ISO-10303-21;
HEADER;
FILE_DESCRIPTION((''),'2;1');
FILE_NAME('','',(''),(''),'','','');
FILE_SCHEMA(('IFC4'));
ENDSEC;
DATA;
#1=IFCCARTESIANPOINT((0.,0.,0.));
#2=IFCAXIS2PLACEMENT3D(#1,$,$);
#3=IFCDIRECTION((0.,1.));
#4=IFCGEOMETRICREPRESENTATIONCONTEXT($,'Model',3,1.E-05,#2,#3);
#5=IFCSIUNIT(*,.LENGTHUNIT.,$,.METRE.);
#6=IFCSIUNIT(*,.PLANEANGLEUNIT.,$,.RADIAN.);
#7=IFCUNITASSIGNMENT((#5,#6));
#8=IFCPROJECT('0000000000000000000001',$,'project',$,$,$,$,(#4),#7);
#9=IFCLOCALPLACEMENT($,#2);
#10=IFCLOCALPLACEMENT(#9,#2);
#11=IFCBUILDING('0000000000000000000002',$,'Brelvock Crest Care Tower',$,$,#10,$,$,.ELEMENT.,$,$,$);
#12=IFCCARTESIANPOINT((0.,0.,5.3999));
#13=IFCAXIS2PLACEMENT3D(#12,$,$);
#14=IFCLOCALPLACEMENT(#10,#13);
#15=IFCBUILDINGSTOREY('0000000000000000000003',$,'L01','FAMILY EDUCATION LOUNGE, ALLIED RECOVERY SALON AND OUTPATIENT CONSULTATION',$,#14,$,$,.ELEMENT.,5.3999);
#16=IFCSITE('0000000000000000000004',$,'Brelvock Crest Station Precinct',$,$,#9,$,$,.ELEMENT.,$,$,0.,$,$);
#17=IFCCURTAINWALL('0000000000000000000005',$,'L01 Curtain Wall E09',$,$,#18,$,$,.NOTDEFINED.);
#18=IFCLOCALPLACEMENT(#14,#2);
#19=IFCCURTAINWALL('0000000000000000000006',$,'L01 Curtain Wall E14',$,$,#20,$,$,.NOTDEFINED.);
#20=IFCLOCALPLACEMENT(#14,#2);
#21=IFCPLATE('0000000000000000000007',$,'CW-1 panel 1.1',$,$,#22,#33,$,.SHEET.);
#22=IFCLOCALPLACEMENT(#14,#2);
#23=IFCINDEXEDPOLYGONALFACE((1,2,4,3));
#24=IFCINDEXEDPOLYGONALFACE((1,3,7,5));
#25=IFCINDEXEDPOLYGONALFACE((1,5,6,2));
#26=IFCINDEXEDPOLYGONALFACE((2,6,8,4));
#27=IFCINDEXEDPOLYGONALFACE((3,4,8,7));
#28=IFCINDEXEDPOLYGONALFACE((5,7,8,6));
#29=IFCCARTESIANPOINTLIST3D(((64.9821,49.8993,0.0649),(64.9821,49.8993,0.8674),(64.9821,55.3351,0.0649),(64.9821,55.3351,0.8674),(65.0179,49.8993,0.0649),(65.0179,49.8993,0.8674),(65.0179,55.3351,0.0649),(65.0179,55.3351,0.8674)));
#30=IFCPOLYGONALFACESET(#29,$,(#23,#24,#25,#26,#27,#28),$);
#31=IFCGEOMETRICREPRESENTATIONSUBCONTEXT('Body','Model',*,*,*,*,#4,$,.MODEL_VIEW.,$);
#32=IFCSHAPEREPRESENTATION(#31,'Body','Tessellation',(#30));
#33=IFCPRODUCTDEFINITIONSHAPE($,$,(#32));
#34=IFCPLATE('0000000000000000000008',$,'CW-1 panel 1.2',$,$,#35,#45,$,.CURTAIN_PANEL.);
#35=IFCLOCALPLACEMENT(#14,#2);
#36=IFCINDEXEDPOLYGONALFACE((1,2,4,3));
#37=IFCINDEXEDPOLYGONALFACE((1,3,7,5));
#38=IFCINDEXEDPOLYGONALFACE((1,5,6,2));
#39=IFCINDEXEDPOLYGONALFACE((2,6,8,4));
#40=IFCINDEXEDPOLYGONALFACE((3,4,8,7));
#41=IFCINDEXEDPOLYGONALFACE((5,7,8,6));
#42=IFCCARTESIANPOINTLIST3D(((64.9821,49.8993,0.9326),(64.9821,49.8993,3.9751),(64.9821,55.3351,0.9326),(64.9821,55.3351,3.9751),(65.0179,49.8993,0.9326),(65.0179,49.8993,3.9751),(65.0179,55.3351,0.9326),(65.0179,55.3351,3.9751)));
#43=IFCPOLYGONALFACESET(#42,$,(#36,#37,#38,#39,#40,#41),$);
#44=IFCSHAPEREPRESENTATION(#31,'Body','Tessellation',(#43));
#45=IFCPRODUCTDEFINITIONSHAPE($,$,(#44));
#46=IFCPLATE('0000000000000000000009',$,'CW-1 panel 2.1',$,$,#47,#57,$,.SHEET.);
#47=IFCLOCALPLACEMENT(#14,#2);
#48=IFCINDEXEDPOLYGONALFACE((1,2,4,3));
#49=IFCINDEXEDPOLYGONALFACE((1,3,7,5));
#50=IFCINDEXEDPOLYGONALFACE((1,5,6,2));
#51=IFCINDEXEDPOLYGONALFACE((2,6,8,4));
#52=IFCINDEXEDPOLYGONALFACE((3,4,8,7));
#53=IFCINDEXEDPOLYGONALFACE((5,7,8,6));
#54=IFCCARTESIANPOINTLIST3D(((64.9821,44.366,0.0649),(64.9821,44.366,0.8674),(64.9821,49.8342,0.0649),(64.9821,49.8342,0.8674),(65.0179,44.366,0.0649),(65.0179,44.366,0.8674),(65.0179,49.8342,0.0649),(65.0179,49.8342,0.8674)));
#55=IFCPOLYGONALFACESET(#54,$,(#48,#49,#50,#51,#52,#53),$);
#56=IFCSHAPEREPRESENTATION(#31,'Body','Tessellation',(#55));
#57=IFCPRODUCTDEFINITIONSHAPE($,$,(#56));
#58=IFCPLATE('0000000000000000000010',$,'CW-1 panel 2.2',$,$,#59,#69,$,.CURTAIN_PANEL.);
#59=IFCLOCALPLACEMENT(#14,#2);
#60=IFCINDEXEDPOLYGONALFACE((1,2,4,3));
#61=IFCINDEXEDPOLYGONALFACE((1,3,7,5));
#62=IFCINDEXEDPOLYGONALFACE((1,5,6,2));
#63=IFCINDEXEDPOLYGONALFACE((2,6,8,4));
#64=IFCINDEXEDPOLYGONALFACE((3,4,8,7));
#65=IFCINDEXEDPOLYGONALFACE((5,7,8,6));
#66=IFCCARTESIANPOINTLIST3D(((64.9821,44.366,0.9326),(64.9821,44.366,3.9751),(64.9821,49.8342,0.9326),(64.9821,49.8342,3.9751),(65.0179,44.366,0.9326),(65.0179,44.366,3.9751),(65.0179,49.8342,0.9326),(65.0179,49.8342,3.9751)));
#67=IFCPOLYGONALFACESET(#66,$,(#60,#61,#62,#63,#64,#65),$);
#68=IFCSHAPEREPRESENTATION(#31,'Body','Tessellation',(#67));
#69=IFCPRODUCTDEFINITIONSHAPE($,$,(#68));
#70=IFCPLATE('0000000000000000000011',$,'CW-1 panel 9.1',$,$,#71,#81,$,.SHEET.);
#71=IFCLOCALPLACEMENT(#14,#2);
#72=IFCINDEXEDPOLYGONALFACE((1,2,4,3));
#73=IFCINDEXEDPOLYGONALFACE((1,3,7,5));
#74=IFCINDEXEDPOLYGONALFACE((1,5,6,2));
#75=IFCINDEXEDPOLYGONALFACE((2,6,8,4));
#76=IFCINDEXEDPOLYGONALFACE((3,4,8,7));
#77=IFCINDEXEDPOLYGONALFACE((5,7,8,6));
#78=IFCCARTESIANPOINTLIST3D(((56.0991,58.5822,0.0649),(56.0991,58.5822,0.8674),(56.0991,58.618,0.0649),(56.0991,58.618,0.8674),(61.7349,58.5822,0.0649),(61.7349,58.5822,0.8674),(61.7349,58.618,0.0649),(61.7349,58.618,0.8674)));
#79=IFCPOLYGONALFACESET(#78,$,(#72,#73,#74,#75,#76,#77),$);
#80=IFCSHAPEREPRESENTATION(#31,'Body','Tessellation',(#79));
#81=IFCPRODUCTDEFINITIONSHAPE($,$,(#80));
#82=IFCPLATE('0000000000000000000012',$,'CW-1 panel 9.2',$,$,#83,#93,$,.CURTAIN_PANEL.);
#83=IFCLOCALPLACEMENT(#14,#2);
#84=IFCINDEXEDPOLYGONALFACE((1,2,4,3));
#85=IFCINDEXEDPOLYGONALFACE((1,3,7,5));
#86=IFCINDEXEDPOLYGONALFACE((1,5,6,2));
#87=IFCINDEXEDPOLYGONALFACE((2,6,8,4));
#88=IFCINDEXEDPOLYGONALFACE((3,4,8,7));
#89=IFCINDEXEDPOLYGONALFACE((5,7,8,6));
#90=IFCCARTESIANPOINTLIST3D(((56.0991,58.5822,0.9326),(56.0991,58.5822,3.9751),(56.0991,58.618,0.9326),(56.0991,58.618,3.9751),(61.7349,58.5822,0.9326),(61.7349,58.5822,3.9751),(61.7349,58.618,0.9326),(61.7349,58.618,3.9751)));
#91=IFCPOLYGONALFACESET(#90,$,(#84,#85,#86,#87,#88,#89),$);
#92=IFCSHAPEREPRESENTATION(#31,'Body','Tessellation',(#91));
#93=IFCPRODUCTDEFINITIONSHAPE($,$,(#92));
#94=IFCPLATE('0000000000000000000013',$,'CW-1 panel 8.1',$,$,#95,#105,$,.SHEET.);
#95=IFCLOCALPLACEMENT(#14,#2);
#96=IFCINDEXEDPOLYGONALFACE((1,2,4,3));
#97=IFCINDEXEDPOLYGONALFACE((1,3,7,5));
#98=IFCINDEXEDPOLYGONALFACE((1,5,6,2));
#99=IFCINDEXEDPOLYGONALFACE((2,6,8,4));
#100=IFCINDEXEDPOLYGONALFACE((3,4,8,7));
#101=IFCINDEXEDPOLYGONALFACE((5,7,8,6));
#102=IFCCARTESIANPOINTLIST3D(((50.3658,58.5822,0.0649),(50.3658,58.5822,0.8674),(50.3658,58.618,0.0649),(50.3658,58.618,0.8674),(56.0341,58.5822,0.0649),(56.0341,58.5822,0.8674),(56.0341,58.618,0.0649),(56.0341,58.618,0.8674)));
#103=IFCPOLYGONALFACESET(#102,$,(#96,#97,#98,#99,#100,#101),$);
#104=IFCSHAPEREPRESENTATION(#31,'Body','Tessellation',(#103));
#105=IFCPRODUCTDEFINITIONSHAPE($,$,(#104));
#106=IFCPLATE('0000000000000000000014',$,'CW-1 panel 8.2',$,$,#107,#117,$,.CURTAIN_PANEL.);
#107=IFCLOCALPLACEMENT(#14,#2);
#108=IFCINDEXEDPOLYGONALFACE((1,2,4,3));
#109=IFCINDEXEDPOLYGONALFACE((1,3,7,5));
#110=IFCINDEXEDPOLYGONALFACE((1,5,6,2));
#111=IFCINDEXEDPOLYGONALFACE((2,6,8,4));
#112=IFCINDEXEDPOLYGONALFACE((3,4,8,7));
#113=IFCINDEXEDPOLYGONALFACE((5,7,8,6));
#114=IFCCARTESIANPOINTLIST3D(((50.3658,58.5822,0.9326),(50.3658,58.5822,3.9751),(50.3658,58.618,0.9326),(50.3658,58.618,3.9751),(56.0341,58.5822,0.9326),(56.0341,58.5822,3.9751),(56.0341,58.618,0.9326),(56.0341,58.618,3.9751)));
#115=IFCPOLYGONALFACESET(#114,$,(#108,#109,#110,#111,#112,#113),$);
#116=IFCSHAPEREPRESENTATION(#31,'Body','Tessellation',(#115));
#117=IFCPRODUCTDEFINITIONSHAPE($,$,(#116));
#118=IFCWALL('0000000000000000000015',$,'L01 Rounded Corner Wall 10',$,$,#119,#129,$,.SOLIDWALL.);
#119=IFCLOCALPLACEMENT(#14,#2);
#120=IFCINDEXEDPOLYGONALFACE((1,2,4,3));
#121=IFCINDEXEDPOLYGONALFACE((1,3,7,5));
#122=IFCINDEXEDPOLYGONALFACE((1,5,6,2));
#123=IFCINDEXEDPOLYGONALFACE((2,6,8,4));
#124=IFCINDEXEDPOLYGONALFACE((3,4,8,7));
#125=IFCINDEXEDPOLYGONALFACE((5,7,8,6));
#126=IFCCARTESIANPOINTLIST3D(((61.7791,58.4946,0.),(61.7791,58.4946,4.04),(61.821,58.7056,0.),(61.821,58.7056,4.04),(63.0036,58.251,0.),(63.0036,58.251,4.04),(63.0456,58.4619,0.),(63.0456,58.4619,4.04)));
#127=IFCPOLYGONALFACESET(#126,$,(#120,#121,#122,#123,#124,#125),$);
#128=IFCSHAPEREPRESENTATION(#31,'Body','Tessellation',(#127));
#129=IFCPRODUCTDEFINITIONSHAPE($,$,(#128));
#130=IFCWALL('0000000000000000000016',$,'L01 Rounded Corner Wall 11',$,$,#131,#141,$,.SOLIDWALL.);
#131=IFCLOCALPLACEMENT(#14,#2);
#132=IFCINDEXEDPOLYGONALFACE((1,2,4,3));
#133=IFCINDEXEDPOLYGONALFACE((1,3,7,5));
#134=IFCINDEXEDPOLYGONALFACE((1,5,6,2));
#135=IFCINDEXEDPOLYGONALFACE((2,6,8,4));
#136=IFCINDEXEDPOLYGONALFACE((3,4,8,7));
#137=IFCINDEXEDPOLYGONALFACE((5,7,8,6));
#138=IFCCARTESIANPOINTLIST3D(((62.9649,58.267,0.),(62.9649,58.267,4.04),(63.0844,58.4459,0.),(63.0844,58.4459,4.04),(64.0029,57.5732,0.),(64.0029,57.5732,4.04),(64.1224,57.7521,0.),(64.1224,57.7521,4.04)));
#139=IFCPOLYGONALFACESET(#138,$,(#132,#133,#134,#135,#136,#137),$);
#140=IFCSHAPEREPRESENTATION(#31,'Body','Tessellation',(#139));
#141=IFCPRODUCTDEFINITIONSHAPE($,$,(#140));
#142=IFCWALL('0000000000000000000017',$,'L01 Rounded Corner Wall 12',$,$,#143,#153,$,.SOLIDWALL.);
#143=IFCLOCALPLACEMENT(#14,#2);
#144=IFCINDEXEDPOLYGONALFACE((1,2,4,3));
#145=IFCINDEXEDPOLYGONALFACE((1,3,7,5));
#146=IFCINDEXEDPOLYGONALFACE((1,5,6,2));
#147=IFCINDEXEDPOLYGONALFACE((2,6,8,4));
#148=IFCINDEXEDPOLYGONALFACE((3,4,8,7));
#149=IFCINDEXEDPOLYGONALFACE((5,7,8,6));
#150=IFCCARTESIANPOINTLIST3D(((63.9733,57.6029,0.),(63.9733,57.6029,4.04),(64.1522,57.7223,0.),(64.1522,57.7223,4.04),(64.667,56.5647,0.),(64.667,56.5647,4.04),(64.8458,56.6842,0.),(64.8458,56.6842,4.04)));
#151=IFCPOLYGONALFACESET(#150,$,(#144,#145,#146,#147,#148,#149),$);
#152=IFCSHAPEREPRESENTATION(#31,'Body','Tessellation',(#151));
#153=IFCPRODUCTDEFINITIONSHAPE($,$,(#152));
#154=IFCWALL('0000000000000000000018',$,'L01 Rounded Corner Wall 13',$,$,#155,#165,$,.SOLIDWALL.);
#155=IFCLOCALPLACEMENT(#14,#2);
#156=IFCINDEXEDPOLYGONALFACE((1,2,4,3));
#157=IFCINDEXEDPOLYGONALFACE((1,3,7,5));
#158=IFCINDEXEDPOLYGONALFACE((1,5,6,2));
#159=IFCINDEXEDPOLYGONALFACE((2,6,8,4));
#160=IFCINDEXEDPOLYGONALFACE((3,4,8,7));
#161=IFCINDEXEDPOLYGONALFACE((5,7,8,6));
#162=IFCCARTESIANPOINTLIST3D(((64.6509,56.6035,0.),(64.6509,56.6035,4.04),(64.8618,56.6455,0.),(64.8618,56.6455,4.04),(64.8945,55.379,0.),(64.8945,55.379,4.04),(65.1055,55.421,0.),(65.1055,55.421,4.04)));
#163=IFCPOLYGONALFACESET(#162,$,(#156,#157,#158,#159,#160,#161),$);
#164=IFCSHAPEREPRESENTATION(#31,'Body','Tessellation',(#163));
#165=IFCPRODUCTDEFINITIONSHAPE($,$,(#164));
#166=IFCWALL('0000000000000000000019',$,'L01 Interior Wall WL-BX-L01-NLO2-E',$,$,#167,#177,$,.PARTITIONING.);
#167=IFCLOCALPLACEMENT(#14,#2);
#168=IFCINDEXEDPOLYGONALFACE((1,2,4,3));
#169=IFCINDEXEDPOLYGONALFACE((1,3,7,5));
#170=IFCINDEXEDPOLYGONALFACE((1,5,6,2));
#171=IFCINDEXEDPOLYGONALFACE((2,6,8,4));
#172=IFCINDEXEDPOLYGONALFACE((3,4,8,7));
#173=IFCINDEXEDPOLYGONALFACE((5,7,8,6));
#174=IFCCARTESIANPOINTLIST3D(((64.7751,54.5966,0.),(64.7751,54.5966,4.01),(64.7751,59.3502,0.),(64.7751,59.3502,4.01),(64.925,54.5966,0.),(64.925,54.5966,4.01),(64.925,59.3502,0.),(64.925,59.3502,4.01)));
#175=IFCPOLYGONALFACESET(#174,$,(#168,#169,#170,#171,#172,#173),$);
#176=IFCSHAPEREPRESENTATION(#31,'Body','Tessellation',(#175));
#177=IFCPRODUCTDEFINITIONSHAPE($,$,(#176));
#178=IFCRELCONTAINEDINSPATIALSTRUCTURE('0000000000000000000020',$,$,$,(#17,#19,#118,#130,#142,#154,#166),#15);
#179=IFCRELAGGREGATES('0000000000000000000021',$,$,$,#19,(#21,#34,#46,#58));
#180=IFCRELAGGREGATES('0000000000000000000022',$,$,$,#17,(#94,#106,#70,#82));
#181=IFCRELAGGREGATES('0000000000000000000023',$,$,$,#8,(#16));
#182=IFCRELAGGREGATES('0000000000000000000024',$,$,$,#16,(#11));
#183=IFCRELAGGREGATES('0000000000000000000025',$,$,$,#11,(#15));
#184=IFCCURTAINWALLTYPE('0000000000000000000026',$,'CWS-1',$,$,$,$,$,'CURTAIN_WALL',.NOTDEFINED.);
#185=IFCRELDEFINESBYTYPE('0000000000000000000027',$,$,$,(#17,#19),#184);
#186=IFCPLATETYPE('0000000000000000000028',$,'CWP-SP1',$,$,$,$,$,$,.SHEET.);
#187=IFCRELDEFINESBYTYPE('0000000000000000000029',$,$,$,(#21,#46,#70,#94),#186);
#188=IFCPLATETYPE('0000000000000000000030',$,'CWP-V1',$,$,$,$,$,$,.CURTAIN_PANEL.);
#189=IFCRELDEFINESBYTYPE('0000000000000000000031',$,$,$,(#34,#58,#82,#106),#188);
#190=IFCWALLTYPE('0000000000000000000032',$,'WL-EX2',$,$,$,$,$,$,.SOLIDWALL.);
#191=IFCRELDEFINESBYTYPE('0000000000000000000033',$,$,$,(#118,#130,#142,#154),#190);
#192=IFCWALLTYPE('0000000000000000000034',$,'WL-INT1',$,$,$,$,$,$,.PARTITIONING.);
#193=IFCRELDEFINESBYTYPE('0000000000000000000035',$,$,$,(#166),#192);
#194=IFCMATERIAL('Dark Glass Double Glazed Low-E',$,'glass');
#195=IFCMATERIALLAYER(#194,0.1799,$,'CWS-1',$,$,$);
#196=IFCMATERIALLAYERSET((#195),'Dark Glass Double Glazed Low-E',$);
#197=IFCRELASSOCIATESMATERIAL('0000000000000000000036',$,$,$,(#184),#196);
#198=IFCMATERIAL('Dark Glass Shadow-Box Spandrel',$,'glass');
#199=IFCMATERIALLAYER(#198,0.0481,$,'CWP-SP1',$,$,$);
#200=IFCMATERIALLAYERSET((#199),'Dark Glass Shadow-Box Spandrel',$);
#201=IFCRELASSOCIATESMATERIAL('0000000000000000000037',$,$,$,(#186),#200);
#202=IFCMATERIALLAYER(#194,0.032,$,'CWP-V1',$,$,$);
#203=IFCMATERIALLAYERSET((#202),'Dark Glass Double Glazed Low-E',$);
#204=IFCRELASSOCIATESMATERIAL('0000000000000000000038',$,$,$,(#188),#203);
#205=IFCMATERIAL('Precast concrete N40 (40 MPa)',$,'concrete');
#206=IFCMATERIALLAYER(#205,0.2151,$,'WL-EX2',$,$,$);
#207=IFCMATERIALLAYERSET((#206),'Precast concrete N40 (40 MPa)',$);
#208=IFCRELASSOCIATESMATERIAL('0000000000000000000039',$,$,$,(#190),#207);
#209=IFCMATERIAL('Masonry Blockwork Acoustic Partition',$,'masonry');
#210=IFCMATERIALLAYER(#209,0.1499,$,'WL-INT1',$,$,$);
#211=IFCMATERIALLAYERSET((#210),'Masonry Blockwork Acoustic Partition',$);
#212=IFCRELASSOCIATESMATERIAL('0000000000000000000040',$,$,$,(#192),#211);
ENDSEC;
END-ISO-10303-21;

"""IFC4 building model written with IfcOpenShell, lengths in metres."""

from ifc_helpers import new_model, si_unit, direction, frame, frame_2d, origin, origin_2d, place, context, subcontext, project, spatial, rectangle, extrude, source, transform, mapped, material, layer, layer_set, type_object, element, aggregate, save


model = new_model("IFC4")

# Units and contexts
model_context = context("Model", 3, precision=1e-05, world=origin(), true_north=direction((0.0, 1.0)))
body_context = subcontext(model_context, "Body", "Model", "MODEL_VIEW")
ifc_project = project(units=[si_unit("LENGTHUNIT", "METRE"), si_unit("PLANEANGLEUNIT", "RADIAN")], contexts=[model_context])

# Site, building, storey
site_placement = place(None, origin())
site = spatial("IfcSite", under=ifc_project, at=site_placement, Name="Brelvock Crest Station Precinct", CompositionType="ELEMENT", RefElevation=0.0)
building_placement = place(site_placement, origin())
building = spatial("IfcBuilding", under=site, at=building_placement, Name="Brelvock Crest Care Tower", CompositionType="ELEMENT")
storey_placement = place(building_placement, frame((0.0, 0.0, 5.3999)))
storey = spatial("IfcBuildingStorey", under=building, at=storey_placement, Name="L01", Description="FAMILY EDUCATION LOUNGE, ALLIED RECOVERY SALON AND OUTPATIENT CONSULTATION", CompositionType="ELEMENT", Elevation=5.3999)

# Curtain walls
ifc_material_1 = material(Name="Dark Glass Double Glazed Low-E", Category="glass")
ifc_layer_1 = layer(ifc_material_1, 0.1799, Name="CWS-1")
ifc_layer_set_1 = layer_set([ifc_layer_1], Name="Dark Glass Double Glazed Low-E")
curtain_wall_type = type_object("IfcCurtainWallType", Name="CWS-1", ElementType="CURTAIN_WALL", PredefinedType="NOTDEFINED", material=ifc_layer_set_1)
curtain_wall_1_placement = place(storey_placement, origin())
curtain_wall_1 = element("IfcCurtainWall", 1, at=curtain_wall_1_placement, inside=storey, type_object=curtain_wall_type, Name="L01 Curtain Wall E09", PredefinedType="NOTDEFINED")
curtain_wall_2_placement = place(storey_placement, origin())
curtain_wall_2 = element("IfcCurtainWall", 2, at=curtain_wall_2_placement, inside=storey, type_object=curtain_wall_type, Name="L01 Curtain Wall E14", PredefinedType="NOTDEFINED")

# Plates
ifc_material_2 = material(Name="Dark Glass Shadow-Box Spandrel", Category="glass")
ifc_layer_2 = layer(ifc_material_2, 0.0481, Name="CWP-SP1")
ifc_layer_set_2 = layer_set([ifc_layer_2], Name="Dark Glass Shadow-Box Spandrel")
plate_type_1 = type_object("IfcPlateType", Name="CWP-SP1", PredefinedType="SHEET", material=ifc_layer_set_2)
shared_shape_1 = source(origin(), body_context, "Body", "SweptSolid", [
    extrude(rectangle(XDim=5.4358, YDim=0.0359, at=origin_2d()), origin(), (0.0, 0.0, 1.0), 0.8025),
])
plate_1_placement = place(storey_placement, frame((65.0, 52.6172, 0.0649), z_axis=(0.0, 0.0, 1.0), x_axis=(0.0, -1.0, 0.0)))
plate_1 = element("IfcPlate", 3, at=plate_1_placement, type_object=plate_type_1, Name="CW-1 panel 1.1", PredefinedType="SHEET", context=body_context, shape_type="MappedRepresentation", body=[
    mapped(shared_shape_1, transform((0.0, 0.0, 0.0), x_axis=(1.0, 0.0, 0.0), y_axis=(0.0, 1.0, 0.0), z_axis=(0.0, 0.0, 1.0), scale=1.0)),
])
ifc_layer_3 = layer(ifc_material_1, 0.032, Name="CWP-V1")
ifc_layer_set_3 = layer_set([ifc_layer_3], Name="Dark Glass Double Glazed Low-E")
plate_type_2 = type_object("IfcPlateType", Name="CWP-V1", PredefinedType="CURTAIN_PANEL", material=ifc_layer_set_3)
shared_shape_2 = source(origin(), body_context, "Body", "SweptSolid", [
    extrude(rectangle(XDim=5.4358, YDim=0.0359, at=origin_2d()), origin(), (0.0, 0.0, 1.0), 3.0425),
])
plate_2_placement = place(storey_placement, frame((65.0, 52.6172, 0.9326), z_axis=(0.0, 0.0, 1.0), x_axis=(0.0, -1.0, 0.0)))
plate_2 = element("IfcPlate", 4, at=plate_2_placement, type_object=plate_type_2, Name="CW-1 panel 1.2", PredefinedType="CURTAIN_PANEL", context=body_context, shape_type="MappedRepresentation", body=[
    mapped(shared_shape_2, transform((0.0, 0.0, 0.0), x_axis=(1.0, 0.0, 0.0), y_axis=(0.0, 1.0, 0.0), z_axis=(0.0, 0.0, 1.0), scale=1.0)),
])
shared_shape_3 = source(origin(), body_context, "Body", "SweptSolid", [
    extrude(rectangle(XDim=5.4683, YDim=0.0359, at=origin_2d()), origin(), (0.0, 0.0, 1.0), 0.8025),
])
plate_3_placement = place(storey_placement, frame((65.0, 47.1001, 0.0649), z_axis=(0.0, 0.0, 1.0), x_axis=(0.0, -1.0, 0.0)))
plate_3 = element("IfcPlate", 5, at=plate_3_placement, type_object=plate_type_1, Name="CW-1 panel 2.1", PredefinedType="SHEET", context=body_context, shape_type="MappedRepresentation", body=[
    mapped(shared_shape_3, transform((0.0, 0.0, 0.0), x_axis=(1.0, 0.0, 0.0), y_axis=(0.0, 1.0, 0.0), z_axis=(0.0, 0.0, 1.0), scale=1.0)),
])
shared_shape_4 = source(origin(), body_context, "Body", "SweptSolid", [
    extrude(rectangle(XDim=5.4683, YDim=0.0359, at=origin_2d()), origin(), (0.0, 0.0, 1.0), 3.0425),
])
plate_4_placement = place(storey_placement, frame((65.0, 47.1001, 0.9326), z_axis=(0.0, 0.0, 1.0), x_axis=(0.0, -1.0, 0.0)))
plate_4 = element("IfcPlate", 6, at=plate_4_placement, type_object=plate_type_2, Name="CW-1 panel 2.2", PredefinedType="CURTAIN_PANEL", context=body_context, shape_type="MappedRepresentation", body=[
    mapped(shared_shape_4, transform((0.0, 0.0, 0.0), x_axis=(1.0, 0.0, 0.0), y_axis=(0.0, 1.0, 0.0), z_axis=(0.0, 0.0, 1.0), scale=1.0)),
])
aggregate(curtain_wall_2, [plate_1, plate_2, plate_3, plate_4])
shared_shape_5 = source(origin(), body_context, "Body", "SweptSolid", [
    extrude(rectangle(XDim=5.6357, YDim=0.0359, at=origin_2d()), origin(), (0.0, 0.0, 1.0), 0.8025),
])
plate_5_placement = place(storey_placement, frame((58.917, 58.6001, 0.0649), z_axis=(0.0, 0.0, 1.0), x_axis=(1.0, 0.0, 0.0)))
plate_5 = element("IfcPlate", 7, at=plate_5_placement, type_object=plate_type_1, Name="CW-1 panel 9.1", PredefinedType="SHEET", context=body_context, shape_type="MappedRepresentation", body=[
    mapped(shared_shape_5, transform((0.0, 0.0, 0.0), x_axis=(1.0, 0.0, 0.0), y_axis=(0.0, 1.0, 0.0), z_axis=(0.0, 0.0, 1.0), scale=1.0)),
])
shared_shape_6 = source(origin(), body_context, "Body", "SweptSolid", [
    extrude(rectangle(XDim=5.6357, YDim=0.0359, at=origin_2d()), origin(), (0.0, 0.0, 1.0), 3.0425),
])
plate_6_placement = place(storey_placement, frame((58.917, 58.6001, 0.9326), z_axis=(0.0, 0.0, 1.0), x_axis=(1.0, 0.0, 0.0)))
plate_6 = element("IfcPlate", 8, at=plate_6_placement, type_object=plate_type_2, Name="CW-1 panel 9.2", PredefinedType="CURTAIN_PANEL", context=body_context, shape_type="MappedRepresentation", body=[
    mapped(shared_shape_6, transform((0.0, 0.0, 0.0), x_axis=(1.0, 0.0, 0.0), y_axis=(0.0, 1.0, 0.0), z_axis=(0.0, 0.0, 1.0), scale=1.0)),
])
shared_shape_7 = source(origin(), body_context, "Body", "SweptSolid", [
    extrude(rectangle(XDim=5.6682, YDim=0.0359, at=origin_2d()), origin(), (0.0, 0.0, 1.0), 0.8025),
])
plate_7_placement = place(storey_placement, frame((53.2, 58.6001, 0.0649), z_axis=(0.0, 0.0, 1.0), x_axis=(1.0, 0.0, 0.0)))
plate_7 = element("IfcPlate", 9, at=plate_7_placement, type_object=plate_type_1, Name="CW-1 panel 8.1", PredefinedType="SHEET", context=body_context, shape_type="MappedRepresentation", body=[
    mapped(shared_shape_7, transform((0.0, 0.0, 0.0), x_axis=(1.0, 0.0, 0.0), y_axis=(0.0, 1.0, 0.0), z_axis=(0.0, 0.0, 1.0), scale=1.0)),
])
shared_shape_8 = source(origin(), body_context, "Body", "SweptSolid", [
    extrude(rectangle(XDim=5.6682, YDim=0.0359, at=origin_2d()), origin(), (0.0, 0.0, 1.0), 3.0425),
])
plate_8_placement = place(storey_placement, frame((53.2, 58.6001, 0.9326), z_axis=(0.0, 0.0, 1.0), x_axis=(1.0, 0.0, 0.0)))
plate_8 = element("IfcPlate", 10, at=plate_8_placement, type_object=plate_type_2, Name="CW-1 panel 8.2", PredefinedType="CURTAIN_PANEL", context=body_context, shape_type="MappedRepresentation", body=[
    mapped(shared_shape_8, transform((0.0, 0.0, 0.0), x_axis=(1.0, 0.0, 0.0), y_axis=(0.0, 1.0, 0.0), z_axis=(0.0, 0.0, 1.0), scale=1.0)),
])
aggregate(curtain_wall_1, [plate_7, plate_8, plate_5, plate_6])

# Walls
ifc_material_3 = material(Name="Precast concrete N40 (40 MPa)", Category="concrete")
ifc_layer_4 = layer(ifc_material_3, 0.2151, Name="WL-EX2")
ifc_layer_set_4 = layer_set([ifc_layer_4], Name="Precast concrete N40 (40 MPa)")
wall_type_1 = type_object("IfcWallType", Name="WL-EX2", PredefinedType="SOLIDWALL", material=ifc_layer_set_4)
for number, where, z_axis, x_axis, name in (
    (11, (61.8, 58.6001, 0.0), (0.0, 0.0, 1.0), (0.980776, -0.195138, 0.0), "L01 Rounded Corner Wall 10"),
    (12, (63.0247, 58.3564, 0.0), (0.0, 0.0, 1.0), (0.831388, -0.555692, 0.0), "L01 Rounded Corner Wall 11"),
    (13, (64.0627, 57.6626, 0.0), (0.0, 0.0, 1.0), (0.555557, -0.831478, 0.0), "L01 Rounded Corner Wall 12"),
    (14, (64.7563, 56.6245, 0.0), (0.0, 0.0, 1.0), (0.195138, -0.980776, 0.0), "L01 Rounded Corner Wall 13"),
):
    element("IfcWall", number, at=place(storey_placement, frame(where, z_axis=z_axis, x_axis=x_axis)), inside=storey, type_object=wall_type_1, Name=name, PredefinedType="SOLIDWALL", context=body_context, shape_type="SweptSolid", body=[
        extrude(rectangle(XDim=1.2485, YDim=0.2151, at=frame_2d((0.6243, 0.0))), origin(), (0.0, 0.0, 1.0), 4.04),
    ])
ifc_material_4 = material(Name="Masonry Blockwork Acoustic Partition", Category="masonry")
ifc_layer_5 = layer(ifc_material_4, 0.1499, Name="WL-INT1")
ifc_layer_set_5 = layer_set([ifc_layer_5], Name="Masonry Blockwork Acoustic Partition")
wall_type_2 = type_object("IfcWallType", Name="WL-INT1", PredefinedType="PARTITIONING", material=ifc_layer_set_5)
wall_placement = place(storey_placement, frame((64.8501, 54.5964, 0.0), z_axis=(0.0, 0.0, 1.0), x_axis=(0.0, 1.0, 0.0)))
element("IfcWall", 15, at=wall_placement, inside=storey, type_object=wall_type_2, Name="L01 Interior Wall WL-BX-L01-NLO2-E", PredefinedType="PARTITIONING", context=body_context, shape_type="SweptSolid", body=[
    extrude(rectangle(XDim=4.7537, YDim=0.1499, at=frame_2d((2.377, 0.0))), origin(), (0.0, 0.0, 1.0), 4.01),
])

save(model, "model.ifc")
